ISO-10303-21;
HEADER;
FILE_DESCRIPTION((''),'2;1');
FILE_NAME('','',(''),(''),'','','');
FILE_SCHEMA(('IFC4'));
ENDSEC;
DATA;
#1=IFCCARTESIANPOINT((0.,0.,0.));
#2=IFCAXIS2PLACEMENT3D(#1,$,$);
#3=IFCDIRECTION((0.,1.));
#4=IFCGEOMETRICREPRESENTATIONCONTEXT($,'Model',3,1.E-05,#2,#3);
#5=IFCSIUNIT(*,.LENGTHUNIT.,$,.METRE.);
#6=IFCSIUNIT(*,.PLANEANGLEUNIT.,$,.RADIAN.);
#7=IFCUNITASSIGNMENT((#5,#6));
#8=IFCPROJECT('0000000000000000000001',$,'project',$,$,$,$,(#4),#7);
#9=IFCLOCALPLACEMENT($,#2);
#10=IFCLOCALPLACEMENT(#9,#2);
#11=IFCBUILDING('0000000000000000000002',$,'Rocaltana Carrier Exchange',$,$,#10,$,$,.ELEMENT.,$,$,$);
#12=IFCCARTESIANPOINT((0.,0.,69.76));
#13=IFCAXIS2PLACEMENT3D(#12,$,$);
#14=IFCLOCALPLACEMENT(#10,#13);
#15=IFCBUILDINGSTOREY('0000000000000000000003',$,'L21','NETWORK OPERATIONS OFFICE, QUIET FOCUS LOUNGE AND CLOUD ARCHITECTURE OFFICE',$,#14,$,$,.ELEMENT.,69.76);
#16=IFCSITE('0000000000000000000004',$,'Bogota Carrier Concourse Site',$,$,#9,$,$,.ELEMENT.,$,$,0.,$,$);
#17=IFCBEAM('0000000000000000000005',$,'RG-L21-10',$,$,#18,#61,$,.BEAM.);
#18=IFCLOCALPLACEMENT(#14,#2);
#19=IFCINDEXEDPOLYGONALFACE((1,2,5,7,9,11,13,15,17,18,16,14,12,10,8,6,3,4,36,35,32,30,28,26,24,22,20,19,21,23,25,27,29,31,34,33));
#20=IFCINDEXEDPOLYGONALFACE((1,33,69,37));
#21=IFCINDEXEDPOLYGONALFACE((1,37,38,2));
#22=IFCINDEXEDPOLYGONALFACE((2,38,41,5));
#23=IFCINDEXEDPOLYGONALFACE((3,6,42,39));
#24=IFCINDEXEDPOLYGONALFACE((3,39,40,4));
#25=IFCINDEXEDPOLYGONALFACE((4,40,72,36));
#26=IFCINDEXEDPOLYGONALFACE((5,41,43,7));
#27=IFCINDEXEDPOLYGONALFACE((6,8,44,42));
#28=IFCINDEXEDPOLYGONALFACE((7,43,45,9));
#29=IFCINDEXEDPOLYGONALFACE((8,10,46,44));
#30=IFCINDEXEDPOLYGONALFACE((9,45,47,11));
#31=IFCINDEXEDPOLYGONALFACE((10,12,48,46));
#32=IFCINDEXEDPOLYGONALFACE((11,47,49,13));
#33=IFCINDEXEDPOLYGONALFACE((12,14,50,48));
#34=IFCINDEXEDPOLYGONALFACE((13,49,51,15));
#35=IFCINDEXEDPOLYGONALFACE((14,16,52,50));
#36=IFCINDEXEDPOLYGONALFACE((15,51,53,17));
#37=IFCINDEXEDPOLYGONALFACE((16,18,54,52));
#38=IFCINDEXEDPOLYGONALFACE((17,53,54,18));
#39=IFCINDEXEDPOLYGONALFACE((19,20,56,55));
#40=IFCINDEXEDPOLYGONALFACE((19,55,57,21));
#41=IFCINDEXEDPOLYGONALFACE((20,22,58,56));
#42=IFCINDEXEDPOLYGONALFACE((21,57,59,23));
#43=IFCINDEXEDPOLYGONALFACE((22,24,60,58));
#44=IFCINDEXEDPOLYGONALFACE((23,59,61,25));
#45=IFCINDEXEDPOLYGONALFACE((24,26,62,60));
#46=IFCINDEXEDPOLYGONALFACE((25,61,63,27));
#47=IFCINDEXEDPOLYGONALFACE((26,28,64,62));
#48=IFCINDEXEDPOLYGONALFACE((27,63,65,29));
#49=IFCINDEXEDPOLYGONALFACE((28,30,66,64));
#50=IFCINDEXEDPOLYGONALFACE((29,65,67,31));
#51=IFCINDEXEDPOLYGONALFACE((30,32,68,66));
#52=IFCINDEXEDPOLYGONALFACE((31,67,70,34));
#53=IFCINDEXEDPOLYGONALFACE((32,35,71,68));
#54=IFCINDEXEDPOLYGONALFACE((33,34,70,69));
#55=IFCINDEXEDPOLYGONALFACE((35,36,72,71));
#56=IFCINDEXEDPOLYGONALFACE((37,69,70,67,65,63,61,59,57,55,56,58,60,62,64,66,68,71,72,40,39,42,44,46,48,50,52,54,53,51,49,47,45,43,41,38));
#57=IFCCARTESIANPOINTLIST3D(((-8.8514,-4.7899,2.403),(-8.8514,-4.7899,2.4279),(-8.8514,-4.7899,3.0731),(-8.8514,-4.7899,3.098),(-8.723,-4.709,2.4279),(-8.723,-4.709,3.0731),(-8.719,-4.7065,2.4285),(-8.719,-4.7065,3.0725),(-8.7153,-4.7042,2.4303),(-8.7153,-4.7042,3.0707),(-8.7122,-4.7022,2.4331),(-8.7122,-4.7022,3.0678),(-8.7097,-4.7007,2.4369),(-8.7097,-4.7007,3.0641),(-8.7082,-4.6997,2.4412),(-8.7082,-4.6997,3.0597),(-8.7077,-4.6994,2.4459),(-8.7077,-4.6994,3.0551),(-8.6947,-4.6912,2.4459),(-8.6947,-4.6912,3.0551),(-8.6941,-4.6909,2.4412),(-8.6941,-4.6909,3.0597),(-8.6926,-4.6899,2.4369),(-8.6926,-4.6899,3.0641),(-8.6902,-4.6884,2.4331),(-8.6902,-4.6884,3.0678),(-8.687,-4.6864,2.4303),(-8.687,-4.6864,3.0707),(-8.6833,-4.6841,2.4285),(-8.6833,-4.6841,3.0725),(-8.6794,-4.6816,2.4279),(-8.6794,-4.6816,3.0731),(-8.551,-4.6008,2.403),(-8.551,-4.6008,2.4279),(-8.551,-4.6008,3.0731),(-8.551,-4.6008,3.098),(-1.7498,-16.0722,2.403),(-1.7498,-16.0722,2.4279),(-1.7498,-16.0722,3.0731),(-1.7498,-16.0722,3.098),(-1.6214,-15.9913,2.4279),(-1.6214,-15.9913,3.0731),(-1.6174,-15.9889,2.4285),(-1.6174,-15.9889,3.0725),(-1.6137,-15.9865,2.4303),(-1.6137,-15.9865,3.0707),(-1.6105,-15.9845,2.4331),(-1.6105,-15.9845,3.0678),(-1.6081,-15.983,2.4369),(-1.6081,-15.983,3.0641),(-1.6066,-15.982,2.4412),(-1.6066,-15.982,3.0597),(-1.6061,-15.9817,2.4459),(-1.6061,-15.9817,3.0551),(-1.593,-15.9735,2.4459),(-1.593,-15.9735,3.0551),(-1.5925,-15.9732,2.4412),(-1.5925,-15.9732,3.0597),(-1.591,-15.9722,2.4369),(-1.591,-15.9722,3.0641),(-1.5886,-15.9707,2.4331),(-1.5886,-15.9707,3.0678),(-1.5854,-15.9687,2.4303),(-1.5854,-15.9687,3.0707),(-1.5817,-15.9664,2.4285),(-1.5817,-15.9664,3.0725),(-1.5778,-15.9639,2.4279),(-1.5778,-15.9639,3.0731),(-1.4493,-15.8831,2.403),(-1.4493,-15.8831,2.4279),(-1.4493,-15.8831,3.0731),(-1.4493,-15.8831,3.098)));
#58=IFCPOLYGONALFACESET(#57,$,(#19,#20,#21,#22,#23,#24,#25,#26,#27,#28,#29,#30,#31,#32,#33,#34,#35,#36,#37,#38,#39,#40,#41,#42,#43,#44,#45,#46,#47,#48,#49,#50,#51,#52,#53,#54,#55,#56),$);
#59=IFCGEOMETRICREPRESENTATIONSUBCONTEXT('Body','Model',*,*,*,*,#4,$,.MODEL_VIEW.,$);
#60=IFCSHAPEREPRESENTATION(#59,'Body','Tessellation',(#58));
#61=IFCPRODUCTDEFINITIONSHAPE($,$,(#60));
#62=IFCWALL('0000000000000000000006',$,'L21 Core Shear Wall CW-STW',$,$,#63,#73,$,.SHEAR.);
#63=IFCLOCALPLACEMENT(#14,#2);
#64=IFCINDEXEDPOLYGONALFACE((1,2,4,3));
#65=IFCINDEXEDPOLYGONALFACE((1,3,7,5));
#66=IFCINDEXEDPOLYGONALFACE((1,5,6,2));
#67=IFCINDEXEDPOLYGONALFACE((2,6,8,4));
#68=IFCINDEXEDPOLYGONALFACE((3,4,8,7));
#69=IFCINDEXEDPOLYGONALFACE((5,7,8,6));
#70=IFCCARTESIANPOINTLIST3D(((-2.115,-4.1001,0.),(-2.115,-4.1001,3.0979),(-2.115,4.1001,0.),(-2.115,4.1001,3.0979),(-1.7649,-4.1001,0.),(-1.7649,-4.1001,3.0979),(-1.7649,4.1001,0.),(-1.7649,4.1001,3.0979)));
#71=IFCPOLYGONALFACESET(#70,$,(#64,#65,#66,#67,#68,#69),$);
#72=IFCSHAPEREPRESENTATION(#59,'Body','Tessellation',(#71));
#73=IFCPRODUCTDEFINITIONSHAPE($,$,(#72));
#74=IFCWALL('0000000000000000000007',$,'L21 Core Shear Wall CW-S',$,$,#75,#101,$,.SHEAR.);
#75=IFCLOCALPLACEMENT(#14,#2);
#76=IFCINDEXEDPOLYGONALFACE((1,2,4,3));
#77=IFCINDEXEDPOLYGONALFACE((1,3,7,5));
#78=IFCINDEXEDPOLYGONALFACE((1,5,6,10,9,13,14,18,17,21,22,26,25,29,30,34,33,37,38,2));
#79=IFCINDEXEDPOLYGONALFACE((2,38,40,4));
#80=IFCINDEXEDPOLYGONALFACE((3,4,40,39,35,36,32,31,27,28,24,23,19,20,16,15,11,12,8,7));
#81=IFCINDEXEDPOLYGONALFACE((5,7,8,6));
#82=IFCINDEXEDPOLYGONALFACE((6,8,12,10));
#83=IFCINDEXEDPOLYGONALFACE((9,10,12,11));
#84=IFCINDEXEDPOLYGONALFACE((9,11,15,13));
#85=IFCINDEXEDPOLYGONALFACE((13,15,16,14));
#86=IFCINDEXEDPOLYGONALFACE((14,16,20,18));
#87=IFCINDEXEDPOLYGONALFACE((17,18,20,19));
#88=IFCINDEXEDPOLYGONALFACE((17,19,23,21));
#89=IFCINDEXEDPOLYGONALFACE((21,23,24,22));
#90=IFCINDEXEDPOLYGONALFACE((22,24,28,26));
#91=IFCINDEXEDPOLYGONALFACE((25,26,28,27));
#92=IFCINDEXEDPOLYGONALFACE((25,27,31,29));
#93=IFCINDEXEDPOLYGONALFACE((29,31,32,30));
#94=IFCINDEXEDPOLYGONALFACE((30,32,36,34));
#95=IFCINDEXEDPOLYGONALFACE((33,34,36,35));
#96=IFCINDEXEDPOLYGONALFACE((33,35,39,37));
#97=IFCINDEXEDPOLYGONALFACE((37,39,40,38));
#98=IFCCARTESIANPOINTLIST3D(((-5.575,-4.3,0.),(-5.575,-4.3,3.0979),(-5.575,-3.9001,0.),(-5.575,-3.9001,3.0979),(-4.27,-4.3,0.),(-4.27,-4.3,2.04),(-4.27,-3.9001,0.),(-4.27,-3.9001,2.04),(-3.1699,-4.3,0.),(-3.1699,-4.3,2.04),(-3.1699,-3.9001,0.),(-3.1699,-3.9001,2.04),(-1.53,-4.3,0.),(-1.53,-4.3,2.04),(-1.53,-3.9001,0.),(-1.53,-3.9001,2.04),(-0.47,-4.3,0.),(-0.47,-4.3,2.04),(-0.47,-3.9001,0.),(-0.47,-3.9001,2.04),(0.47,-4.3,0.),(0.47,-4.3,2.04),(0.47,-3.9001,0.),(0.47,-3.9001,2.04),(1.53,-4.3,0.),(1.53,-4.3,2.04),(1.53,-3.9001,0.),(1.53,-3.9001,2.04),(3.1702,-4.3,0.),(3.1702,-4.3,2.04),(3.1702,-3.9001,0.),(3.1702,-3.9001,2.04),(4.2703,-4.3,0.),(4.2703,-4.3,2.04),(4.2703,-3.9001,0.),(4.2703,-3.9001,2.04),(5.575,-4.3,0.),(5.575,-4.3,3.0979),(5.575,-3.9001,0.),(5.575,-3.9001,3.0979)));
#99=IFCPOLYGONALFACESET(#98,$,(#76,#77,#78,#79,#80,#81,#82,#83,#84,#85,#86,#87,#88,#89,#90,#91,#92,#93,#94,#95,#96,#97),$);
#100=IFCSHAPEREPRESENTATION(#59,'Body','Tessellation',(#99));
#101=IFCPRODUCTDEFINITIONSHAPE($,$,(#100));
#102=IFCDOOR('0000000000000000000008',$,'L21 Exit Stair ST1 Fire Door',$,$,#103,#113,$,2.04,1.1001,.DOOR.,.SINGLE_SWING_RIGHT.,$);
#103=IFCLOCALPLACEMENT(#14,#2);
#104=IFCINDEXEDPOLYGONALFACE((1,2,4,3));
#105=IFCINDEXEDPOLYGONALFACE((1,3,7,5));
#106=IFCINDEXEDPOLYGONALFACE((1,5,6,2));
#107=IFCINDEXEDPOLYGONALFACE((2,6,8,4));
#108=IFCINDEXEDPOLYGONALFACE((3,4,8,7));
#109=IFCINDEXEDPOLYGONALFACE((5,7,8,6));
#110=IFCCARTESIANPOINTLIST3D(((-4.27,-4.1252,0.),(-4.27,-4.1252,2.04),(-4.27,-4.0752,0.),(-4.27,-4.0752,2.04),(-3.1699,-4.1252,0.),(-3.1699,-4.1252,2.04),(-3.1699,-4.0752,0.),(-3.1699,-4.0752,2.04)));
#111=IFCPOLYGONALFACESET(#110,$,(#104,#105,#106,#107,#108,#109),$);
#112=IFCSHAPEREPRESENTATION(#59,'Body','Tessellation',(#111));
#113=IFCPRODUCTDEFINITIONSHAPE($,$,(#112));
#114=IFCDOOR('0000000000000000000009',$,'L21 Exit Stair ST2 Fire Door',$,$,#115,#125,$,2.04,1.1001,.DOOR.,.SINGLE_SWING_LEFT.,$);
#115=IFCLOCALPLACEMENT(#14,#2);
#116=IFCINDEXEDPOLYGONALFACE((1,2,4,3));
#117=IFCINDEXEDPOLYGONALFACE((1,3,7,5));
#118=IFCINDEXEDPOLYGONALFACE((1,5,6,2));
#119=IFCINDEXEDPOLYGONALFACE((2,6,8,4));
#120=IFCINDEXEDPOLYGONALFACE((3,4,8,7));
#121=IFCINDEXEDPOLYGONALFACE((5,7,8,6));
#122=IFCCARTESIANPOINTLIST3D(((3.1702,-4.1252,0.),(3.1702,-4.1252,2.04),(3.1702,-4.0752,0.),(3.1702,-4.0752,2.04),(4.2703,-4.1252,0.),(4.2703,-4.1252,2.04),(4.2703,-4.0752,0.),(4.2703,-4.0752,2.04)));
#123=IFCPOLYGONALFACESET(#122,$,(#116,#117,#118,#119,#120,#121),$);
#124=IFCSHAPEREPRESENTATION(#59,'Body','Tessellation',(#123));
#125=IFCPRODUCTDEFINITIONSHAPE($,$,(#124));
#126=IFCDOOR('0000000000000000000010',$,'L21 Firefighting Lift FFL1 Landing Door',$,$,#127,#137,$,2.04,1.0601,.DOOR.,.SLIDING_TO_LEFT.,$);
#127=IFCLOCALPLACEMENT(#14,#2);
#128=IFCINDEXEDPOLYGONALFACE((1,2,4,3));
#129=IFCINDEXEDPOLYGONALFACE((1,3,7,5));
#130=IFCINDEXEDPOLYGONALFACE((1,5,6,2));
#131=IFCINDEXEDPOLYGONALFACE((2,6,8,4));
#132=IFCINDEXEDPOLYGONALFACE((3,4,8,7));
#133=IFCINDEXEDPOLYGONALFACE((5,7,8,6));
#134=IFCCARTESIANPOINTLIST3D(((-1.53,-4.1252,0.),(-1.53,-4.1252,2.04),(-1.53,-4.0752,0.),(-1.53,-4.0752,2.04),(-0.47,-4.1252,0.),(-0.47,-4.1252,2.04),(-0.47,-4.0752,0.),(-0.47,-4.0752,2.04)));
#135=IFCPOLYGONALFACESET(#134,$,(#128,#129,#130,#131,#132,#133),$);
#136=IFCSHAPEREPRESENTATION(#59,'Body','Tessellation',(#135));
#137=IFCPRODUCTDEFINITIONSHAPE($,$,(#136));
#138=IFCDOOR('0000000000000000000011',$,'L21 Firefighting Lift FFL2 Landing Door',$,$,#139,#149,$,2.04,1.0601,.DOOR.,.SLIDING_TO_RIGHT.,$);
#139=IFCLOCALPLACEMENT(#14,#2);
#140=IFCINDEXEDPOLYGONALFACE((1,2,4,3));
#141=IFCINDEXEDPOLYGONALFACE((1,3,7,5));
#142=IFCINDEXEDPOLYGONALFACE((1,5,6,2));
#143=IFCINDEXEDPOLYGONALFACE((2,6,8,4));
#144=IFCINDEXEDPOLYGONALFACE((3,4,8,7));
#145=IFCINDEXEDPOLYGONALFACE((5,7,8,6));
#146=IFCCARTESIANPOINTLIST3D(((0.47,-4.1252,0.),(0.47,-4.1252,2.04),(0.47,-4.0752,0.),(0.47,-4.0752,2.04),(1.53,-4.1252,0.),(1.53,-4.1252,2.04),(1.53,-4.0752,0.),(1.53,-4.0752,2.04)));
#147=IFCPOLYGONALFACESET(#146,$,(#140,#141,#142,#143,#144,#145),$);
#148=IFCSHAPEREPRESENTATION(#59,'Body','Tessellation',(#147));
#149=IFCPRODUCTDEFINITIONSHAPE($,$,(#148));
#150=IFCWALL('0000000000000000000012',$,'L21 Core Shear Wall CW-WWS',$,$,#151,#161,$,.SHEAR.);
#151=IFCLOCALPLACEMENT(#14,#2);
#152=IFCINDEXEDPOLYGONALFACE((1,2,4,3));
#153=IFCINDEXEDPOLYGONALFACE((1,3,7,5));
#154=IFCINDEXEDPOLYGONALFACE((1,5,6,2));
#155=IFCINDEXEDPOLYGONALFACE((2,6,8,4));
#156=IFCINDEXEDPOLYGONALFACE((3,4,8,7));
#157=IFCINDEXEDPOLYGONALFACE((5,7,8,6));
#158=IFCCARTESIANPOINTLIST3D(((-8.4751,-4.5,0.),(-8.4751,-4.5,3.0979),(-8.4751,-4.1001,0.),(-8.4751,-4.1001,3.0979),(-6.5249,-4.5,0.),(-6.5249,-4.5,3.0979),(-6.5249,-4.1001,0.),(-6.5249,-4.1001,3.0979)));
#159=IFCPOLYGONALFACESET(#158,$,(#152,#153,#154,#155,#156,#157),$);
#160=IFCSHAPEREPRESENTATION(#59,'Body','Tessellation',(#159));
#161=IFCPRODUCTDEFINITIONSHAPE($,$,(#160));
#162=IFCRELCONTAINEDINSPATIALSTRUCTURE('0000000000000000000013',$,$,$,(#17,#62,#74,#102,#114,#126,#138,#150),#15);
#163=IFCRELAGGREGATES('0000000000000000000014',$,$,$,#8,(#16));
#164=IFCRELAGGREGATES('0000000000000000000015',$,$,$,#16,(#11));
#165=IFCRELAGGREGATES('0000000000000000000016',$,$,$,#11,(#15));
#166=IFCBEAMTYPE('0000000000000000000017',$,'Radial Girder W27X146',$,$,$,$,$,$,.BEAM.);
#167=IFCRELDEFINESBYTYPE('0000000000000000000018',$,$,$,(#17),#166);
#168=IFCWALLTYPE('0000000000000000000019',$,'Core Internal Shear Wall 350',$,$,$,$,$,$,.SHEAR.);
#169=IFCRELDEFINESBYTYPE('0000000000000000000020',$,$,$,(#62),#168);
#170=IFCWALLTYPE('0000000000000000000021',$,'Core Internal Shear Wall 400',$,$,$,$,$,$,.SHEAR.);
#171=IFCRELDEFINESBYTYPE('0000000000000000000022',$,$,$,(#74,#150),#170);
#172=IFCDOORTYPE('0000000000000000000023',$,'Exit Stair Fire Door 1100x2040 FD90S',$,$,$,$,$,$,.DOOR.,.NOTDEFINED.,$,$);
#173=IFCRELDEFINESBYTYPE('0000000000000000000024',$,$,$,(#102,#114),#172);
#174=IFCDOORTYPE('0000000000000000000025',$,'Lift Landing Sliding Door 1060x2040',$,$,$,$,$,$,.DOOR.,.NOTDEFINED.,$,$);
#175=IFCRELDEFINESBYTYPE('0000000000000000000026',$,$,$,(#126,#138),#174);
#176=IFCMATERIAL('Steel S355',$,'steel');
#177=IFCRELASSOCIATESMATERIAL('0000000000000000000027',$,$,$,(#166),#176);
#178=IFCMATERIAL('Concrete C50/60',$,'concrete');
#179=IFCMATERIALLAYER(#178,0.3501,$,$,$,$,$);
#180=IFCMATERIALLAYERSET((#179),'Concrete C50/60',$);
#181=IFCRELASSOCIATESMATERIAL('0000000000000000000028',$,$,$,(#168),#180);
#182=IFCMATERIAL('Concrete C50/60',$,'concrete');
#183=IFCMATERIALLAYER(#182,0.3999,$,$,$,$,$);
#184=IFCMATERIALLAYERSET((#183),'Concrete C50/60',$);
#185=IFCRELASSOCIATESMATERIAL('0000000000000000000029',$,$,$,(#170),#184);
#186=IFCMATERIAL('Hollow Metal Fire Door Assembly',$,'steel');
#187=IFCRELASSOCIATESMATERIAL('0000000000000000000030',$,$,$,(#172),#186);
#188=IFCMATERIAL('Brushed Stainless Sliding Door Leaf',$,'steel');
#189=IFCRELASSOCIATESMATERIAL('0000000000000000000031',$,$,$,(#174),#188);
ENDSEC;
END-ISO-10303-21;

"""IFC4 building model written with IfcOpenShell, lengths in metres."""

from ifc_helpers import new_model, si_unit, direction, frame, frame_2d, origin, origin_2d, place, context, subcontext, project, spatial, rectangle, i_section, extrude, material, layer, layer_set, material_profile, profile_set, type_object, element, fill, save


model = new_model("IFC4")

# Units and contexts
model_context = context("Model", 3, precision=1e-05, world=origin(), true_north=direction((0.0, 1.0)))
body_context = subcontext(model_context, "Body", "Model", "MODEL_VIEW")
ifc_project = project(units=[si_unit("LENGTHUNIT", "METRE"), si_unit("PLANEANGLEUNIT", "RADIAN")], contexts=[model_context])

# Site, building, storey
site_placement = place(None, origin())
site = spatial("IfcSite", under=ifc_project, at=site_placement, Name="Bogota Carrier Concourse Site", CompositionType="ELEMENT", RefElevation=0.0)
building_placement = place(site_placement, origin())
building = spatial("IfcBuilding", under=site, at=building_placement, Name="Rocaltana Carrier Exchange", CompositionType="ELEMENT")
storey_placement = place(building_placement, frame((0.0, 0.0, 69.76)))
storey = spatial("IfcBuildingStorey", under=building, at=storey_placement, Name="L21", Description="NETWORK OPERATIONS OFFICE, QUIET FOCUS LOUNGE AND CLOUD ARCHITECTURE OFFICE", CompositionType="ELEMENT", Elevation=69.76)

# Beam
ifc_material_1 = material(Name="Steel S355", Category="steel")
ifc_material_profile_1 = material_profile(ifc_material_1, i_section(OverallWidth=0.355, OverallDepth=0.6951, WebThickness=0.0154, FlangeThickness=0.0249, FilletRadius=0.0181, at=origin_2d()), Name="W27X146")
ifc_profile_set_1 = profile_set([ifc_material_profile_1], Name="Steel S355")
beam_type_1 = type_object("IfcBeamType", Name="Radial Girder W27X146", PredefinedType="BEAM", material=ifc_profile_set_1)
beam_1_placement = place(storey_placement, frame((-8.7012, -4.6953, 2.7505), z_axis=(0.532703, -0.846303, 0.0), x_axis=(0.846303, 0.532703, 0.0)))
element("IfcBeam", 1, at=beam_1_placement, inside=storey, type_object=beam_type_1, Name="RG-L21-10", PredefinedType="BEAM", context=body_context, shape_type="SweptSolid", body=[
    extrude(i_section(OverallWidth=0.355, OverallDepth=0.6951, WebThickness=0.0154, FlangeThickness=0.0249, FilletRadius=0.0181, at=origin_2d()), origin(), (0.0, 0.0, 1.0), 13.3313),
])

# Wall
ifc_material_2 = material(Name="Concrete C50/60", Category="concrete")
ifc_layer_1 = layer(ifc_material_2, 0.3501)
ifc_layer_set_1 = layer_set([ifc_layer_1], Name="Concrete C50/60")
wall_type_1 = type_object("IfcWallType", Name="Core Internal Shear Wall 350", PredefinedType="SHEAR", material=ifc_layer_set_1)
wall_1_placement = place(storey_placement, frame((-1.9399, -4.1001, 0.0), z_axis=(0.0, 0.0, 1.0), x_axis=(0.0, 1.0, 0.0)))
element("IfcWall", 2, at=wall_1_placement, inside=storey, type_object=wall_type_1, Name="L21 Core Shear Wall CW-STW", PredefinedType="SHEAR", context=body_context, shape_type="SweptSolid", body=[
    extrude(rectangle(XDim=8.2002, YDim=0.3501, at=frame_2d((4.1001, 0.0))), origin(), (0.0, 0.0, 1.0), 3.0979),
])

# Wall, openings, doors
ifc_material_3 = material(Name="Concrete C50/60", Category="concrete")
ifc_layer_2 = layer(ifc_material_3, 0.3999)
ifc_layer_set_2 = layer_set([ifc_layer_2], Name="Concrete C50/60")
wall_type_2 = type_object("IfcWallType", Name="Core Internal Shear Wall 400", PredefinedType="SHEAR", material=ifc_layer_set_2)
wall_2_placement = place(storey_placement, frame((-5.575, -4.1001, 0.0), z_axis=(0.0, 0.0, 1.0), x_axis=(1.0, 0.0, 0.0)))
wall_2 = element("IfcWall", 3, at=wall_2_placement, inside=storey, type_object=wall_type_2, Name="L21 Core Shear Wall CW-S", PredefinedType="SHEAR", context=body_context, shape_type="SweptSolid", body=[
    extrude(rectangle(XDim=11.1499, YDim=0.3999, at=frame_2d((5.575, 0.0))), origin(), (0.0, 0.0, 1.0), 3.0979),
])
opening_1_placement = place(wall_2_placement, frame((1.3049, 0.0, 0.0)))
opening_1 = element("IfcOpeningElement", 4, at=opening_1_placement, cuts=wall_2, PredefinedType="OPENING", context=body_context, shape_type="SweptSolid", body=[
    extrude(rectangle(XDim=1.1001, YDim=2.04, at=frame_2d((0.55, 1.02))), frame((0.0, 0.21, 0.0), z_axis=(0.0, -1.0, 0.0), x_axis=(1.0, 0.0, 0.0)), (0.0, 0.0, 1.0), 0.4199),
])
opening_2_placement = place(wall_2_placement, frame((8.7451, 0.0, 0.0)))
opening_2 = element("IfcOpeningElement", 5, at=opening_2_placement, cuts=wall_2, PredefinedType="OPENING", context=body_context, shape_type="SweptSolid", body=[
    extrude(rectangle(XDim=1.1001, YDim=2.04, at=frame_2d((0.55, 1.02))), frame((0.0, 0.21, 0.0), z_axis=(0.0, -1.0, 0.0), x_axis=(1.0, 0.0, 0.0)), (0.0, 0.0, 1.0), 0.4199),
])
opening_3_placement = place(wall_2_placement, frame((4.0449, 0.0, 0.0)))
opening_3 = element("IfcOpeningElement", 6, at=opening_3_placement, cuts=wall_2, PredefinedType="OPENING", context=body_context, shape_type="SweptSolid", body=[
    extrude(rectangle(XDim=1.0601, YDim=2.04, at=frame_2d((0.53, 1.02))), frame((0.0, 0.21, 0.0), z_axis=(0.0, -1.0, 0.0), x_axis=(1.0, 0.0, 0.0)), (0.0, 0.0, 1.0), 0.4199),
])
opening_4_placement = place(wall_2_placement, frame((6.0449, 0.0, 0.0)))
opening_4 = element("IfcOpeningElement", 7, at=opening_4_placement, cuts=wall_2, PredefinedType="OPENING", context=body_context, shape_type="SweptSolid", body=[
    extrude(rectangle(XDim=1.0601, YDim=2.04, at=frame_2d((0.53, 1.02))), frame((0.0, 0.21, 0.0), z_axis=(0.0, -1.0, 0.0), x_axis=(1.0, 0.0, 0.0)), (0.0, 0.0, 1.0), 0.4199),
])
ifc_material_4 = material(Name="Hollow Metal Fire Door Assembly", Category="steel")
door_type_1 = type_object("IfcDoorType", Name="Exit Stair Fire Door 1100x2040 FD90S", OperationType="NOTDEFINED", PredefinedType="DOOR", material=ifc_material_4)
door_1_placement = place(opening_1_placement, origin())
door_1 = element("IfcDoor", 8, at=door_1_placement, inside=storey, type_object=door_type_1, Name="L21 Exit Stair ST1 Fire Door", OperationType="SINGLE_SWING_RIGHT", OverallHeight=2.04, OverallWidth=1.1001, PredefinedType="DOOR", context=body_context, shape_type="SweptSolid", body=[
    extrude(rectangle(XDim=1.1001, YDim=2.04, at=frame_2d((0.55, 1.02))), frame((0.0, 0.0249, 0.0), z_axis=(0.0, -1.0, 0.0), x_axis=(1.0, 0.0, 0.0)), (0.0, 0.0, 1.0), 0.05),
])
fill(opening_1, door_1)
door_2_placement = place(opening_2_placement, origin())
door_2 = element("IfcDoor", 9, at=door_2_placement, inside=storey, type_object=door_type_1, Name="L21 Exit Stair ST2 Fire Door", OperationType="SINGLE_SWING_LEFT", OverallHeight=2.04, OverallWidth=1.1001, PredefinedType="DOOR", context=body_context, shape_type="SweptSolid", body=[
    extrude(rectangle(XDim=1.1001, YDim=2.04, at=frame_2d((0.55, 1.02))), frame((0.0, 0.0249, 0.0), z_axis=(0.0, -1.0, 0.0), x_axis=(1.0, 0.0, 0.0)), (0.0, 0.0, 1.0), 0.05),
])
fill(opening_2, door_2)
ifc_material_5 = material(Name="Brushed Stainless Sliding Door Leaf", Category="steel")
door_type_2 = type_object("IfcDoorType", Name="Lift Landing Sliding Door 1060x2040", OperationType="NOTDEFINED", PredefinedType="DOOR", material=ifc_material_5)
door_3_placement = place(opening_3_placement, origin())
door_3 = element("IfcDoor", 10, at=door_3_placement, inside=storey, type_object=door_type_2, Name="L21 Firefighting Lift FFL1 Landing Door", OperationType="SLIDING_TO_LEFT", OverallHeight=2.04, OverallWidth=1.0601, PredefinedType="DOOR", context=body_context, shape_type="SweptSolid", body=[
    extrude(rectangle(XDim=1.0601, YDim=2.04, at=frame_2d((0.53, 1.02))), frame((0.0, 0.0249, 0.0), z_axis=(0.0, -1.0, 0.0), x_axis=(1.0, 0.0, 0.0)), (0.0, 0.0, 1.0), 0.05),
])
fill(opening_3, door_3)
door_4_placement = place(opening_4_placement, origin())
door_4 = element("IfcDoor", 11, at=door_4_placement, inside=storey, type_object=door_type_2, Name="L21 Firefighting Lift FFL2 Landing Door", OperationType="SLIDING_TO_RIGHT", OverallHeight=2.04, OverallWidth=1.0601, PredefinedType="DOOR", context=body_context, shape_type="SweptSolid", body=[
    extrude(rectangle(XDim=1.0601, YDim=2.04, at=frame_2d((0.53, 1.02))), frame((0.0, 0.0249, 0.0), z_axis=(0.0, -1.0, 0.0), x_axis=(1.0, 0.0, 0.0)), (0.0, 0.0, 1.0), 0.05),
])
fill(opening_4, door_4)

# Wall
wall_3_placement = place(storey_placement, frame((-8.4751, -4.3, 0.0), z_axis=(0.0, 0.0, 1.0), x_axis=(1.0, 0.0, 0.0)))
element("IfcWall", 12, at=wall_3_placement, inside=storey, type_object=wall_type_2, Name="L21 Core Shear Wall CW-WWS", PredefinedType="SHEAR", context=body_context, shape_type="SweptSolid", body=[
    extrude(rectangle(XDim=1.9502, YDim=0.3999, at=frame_2d((0.9751, 0.0))), origin(), (0.0, 0.0, 1.0), 3.0979),
])

save(model, "model.ifc")
